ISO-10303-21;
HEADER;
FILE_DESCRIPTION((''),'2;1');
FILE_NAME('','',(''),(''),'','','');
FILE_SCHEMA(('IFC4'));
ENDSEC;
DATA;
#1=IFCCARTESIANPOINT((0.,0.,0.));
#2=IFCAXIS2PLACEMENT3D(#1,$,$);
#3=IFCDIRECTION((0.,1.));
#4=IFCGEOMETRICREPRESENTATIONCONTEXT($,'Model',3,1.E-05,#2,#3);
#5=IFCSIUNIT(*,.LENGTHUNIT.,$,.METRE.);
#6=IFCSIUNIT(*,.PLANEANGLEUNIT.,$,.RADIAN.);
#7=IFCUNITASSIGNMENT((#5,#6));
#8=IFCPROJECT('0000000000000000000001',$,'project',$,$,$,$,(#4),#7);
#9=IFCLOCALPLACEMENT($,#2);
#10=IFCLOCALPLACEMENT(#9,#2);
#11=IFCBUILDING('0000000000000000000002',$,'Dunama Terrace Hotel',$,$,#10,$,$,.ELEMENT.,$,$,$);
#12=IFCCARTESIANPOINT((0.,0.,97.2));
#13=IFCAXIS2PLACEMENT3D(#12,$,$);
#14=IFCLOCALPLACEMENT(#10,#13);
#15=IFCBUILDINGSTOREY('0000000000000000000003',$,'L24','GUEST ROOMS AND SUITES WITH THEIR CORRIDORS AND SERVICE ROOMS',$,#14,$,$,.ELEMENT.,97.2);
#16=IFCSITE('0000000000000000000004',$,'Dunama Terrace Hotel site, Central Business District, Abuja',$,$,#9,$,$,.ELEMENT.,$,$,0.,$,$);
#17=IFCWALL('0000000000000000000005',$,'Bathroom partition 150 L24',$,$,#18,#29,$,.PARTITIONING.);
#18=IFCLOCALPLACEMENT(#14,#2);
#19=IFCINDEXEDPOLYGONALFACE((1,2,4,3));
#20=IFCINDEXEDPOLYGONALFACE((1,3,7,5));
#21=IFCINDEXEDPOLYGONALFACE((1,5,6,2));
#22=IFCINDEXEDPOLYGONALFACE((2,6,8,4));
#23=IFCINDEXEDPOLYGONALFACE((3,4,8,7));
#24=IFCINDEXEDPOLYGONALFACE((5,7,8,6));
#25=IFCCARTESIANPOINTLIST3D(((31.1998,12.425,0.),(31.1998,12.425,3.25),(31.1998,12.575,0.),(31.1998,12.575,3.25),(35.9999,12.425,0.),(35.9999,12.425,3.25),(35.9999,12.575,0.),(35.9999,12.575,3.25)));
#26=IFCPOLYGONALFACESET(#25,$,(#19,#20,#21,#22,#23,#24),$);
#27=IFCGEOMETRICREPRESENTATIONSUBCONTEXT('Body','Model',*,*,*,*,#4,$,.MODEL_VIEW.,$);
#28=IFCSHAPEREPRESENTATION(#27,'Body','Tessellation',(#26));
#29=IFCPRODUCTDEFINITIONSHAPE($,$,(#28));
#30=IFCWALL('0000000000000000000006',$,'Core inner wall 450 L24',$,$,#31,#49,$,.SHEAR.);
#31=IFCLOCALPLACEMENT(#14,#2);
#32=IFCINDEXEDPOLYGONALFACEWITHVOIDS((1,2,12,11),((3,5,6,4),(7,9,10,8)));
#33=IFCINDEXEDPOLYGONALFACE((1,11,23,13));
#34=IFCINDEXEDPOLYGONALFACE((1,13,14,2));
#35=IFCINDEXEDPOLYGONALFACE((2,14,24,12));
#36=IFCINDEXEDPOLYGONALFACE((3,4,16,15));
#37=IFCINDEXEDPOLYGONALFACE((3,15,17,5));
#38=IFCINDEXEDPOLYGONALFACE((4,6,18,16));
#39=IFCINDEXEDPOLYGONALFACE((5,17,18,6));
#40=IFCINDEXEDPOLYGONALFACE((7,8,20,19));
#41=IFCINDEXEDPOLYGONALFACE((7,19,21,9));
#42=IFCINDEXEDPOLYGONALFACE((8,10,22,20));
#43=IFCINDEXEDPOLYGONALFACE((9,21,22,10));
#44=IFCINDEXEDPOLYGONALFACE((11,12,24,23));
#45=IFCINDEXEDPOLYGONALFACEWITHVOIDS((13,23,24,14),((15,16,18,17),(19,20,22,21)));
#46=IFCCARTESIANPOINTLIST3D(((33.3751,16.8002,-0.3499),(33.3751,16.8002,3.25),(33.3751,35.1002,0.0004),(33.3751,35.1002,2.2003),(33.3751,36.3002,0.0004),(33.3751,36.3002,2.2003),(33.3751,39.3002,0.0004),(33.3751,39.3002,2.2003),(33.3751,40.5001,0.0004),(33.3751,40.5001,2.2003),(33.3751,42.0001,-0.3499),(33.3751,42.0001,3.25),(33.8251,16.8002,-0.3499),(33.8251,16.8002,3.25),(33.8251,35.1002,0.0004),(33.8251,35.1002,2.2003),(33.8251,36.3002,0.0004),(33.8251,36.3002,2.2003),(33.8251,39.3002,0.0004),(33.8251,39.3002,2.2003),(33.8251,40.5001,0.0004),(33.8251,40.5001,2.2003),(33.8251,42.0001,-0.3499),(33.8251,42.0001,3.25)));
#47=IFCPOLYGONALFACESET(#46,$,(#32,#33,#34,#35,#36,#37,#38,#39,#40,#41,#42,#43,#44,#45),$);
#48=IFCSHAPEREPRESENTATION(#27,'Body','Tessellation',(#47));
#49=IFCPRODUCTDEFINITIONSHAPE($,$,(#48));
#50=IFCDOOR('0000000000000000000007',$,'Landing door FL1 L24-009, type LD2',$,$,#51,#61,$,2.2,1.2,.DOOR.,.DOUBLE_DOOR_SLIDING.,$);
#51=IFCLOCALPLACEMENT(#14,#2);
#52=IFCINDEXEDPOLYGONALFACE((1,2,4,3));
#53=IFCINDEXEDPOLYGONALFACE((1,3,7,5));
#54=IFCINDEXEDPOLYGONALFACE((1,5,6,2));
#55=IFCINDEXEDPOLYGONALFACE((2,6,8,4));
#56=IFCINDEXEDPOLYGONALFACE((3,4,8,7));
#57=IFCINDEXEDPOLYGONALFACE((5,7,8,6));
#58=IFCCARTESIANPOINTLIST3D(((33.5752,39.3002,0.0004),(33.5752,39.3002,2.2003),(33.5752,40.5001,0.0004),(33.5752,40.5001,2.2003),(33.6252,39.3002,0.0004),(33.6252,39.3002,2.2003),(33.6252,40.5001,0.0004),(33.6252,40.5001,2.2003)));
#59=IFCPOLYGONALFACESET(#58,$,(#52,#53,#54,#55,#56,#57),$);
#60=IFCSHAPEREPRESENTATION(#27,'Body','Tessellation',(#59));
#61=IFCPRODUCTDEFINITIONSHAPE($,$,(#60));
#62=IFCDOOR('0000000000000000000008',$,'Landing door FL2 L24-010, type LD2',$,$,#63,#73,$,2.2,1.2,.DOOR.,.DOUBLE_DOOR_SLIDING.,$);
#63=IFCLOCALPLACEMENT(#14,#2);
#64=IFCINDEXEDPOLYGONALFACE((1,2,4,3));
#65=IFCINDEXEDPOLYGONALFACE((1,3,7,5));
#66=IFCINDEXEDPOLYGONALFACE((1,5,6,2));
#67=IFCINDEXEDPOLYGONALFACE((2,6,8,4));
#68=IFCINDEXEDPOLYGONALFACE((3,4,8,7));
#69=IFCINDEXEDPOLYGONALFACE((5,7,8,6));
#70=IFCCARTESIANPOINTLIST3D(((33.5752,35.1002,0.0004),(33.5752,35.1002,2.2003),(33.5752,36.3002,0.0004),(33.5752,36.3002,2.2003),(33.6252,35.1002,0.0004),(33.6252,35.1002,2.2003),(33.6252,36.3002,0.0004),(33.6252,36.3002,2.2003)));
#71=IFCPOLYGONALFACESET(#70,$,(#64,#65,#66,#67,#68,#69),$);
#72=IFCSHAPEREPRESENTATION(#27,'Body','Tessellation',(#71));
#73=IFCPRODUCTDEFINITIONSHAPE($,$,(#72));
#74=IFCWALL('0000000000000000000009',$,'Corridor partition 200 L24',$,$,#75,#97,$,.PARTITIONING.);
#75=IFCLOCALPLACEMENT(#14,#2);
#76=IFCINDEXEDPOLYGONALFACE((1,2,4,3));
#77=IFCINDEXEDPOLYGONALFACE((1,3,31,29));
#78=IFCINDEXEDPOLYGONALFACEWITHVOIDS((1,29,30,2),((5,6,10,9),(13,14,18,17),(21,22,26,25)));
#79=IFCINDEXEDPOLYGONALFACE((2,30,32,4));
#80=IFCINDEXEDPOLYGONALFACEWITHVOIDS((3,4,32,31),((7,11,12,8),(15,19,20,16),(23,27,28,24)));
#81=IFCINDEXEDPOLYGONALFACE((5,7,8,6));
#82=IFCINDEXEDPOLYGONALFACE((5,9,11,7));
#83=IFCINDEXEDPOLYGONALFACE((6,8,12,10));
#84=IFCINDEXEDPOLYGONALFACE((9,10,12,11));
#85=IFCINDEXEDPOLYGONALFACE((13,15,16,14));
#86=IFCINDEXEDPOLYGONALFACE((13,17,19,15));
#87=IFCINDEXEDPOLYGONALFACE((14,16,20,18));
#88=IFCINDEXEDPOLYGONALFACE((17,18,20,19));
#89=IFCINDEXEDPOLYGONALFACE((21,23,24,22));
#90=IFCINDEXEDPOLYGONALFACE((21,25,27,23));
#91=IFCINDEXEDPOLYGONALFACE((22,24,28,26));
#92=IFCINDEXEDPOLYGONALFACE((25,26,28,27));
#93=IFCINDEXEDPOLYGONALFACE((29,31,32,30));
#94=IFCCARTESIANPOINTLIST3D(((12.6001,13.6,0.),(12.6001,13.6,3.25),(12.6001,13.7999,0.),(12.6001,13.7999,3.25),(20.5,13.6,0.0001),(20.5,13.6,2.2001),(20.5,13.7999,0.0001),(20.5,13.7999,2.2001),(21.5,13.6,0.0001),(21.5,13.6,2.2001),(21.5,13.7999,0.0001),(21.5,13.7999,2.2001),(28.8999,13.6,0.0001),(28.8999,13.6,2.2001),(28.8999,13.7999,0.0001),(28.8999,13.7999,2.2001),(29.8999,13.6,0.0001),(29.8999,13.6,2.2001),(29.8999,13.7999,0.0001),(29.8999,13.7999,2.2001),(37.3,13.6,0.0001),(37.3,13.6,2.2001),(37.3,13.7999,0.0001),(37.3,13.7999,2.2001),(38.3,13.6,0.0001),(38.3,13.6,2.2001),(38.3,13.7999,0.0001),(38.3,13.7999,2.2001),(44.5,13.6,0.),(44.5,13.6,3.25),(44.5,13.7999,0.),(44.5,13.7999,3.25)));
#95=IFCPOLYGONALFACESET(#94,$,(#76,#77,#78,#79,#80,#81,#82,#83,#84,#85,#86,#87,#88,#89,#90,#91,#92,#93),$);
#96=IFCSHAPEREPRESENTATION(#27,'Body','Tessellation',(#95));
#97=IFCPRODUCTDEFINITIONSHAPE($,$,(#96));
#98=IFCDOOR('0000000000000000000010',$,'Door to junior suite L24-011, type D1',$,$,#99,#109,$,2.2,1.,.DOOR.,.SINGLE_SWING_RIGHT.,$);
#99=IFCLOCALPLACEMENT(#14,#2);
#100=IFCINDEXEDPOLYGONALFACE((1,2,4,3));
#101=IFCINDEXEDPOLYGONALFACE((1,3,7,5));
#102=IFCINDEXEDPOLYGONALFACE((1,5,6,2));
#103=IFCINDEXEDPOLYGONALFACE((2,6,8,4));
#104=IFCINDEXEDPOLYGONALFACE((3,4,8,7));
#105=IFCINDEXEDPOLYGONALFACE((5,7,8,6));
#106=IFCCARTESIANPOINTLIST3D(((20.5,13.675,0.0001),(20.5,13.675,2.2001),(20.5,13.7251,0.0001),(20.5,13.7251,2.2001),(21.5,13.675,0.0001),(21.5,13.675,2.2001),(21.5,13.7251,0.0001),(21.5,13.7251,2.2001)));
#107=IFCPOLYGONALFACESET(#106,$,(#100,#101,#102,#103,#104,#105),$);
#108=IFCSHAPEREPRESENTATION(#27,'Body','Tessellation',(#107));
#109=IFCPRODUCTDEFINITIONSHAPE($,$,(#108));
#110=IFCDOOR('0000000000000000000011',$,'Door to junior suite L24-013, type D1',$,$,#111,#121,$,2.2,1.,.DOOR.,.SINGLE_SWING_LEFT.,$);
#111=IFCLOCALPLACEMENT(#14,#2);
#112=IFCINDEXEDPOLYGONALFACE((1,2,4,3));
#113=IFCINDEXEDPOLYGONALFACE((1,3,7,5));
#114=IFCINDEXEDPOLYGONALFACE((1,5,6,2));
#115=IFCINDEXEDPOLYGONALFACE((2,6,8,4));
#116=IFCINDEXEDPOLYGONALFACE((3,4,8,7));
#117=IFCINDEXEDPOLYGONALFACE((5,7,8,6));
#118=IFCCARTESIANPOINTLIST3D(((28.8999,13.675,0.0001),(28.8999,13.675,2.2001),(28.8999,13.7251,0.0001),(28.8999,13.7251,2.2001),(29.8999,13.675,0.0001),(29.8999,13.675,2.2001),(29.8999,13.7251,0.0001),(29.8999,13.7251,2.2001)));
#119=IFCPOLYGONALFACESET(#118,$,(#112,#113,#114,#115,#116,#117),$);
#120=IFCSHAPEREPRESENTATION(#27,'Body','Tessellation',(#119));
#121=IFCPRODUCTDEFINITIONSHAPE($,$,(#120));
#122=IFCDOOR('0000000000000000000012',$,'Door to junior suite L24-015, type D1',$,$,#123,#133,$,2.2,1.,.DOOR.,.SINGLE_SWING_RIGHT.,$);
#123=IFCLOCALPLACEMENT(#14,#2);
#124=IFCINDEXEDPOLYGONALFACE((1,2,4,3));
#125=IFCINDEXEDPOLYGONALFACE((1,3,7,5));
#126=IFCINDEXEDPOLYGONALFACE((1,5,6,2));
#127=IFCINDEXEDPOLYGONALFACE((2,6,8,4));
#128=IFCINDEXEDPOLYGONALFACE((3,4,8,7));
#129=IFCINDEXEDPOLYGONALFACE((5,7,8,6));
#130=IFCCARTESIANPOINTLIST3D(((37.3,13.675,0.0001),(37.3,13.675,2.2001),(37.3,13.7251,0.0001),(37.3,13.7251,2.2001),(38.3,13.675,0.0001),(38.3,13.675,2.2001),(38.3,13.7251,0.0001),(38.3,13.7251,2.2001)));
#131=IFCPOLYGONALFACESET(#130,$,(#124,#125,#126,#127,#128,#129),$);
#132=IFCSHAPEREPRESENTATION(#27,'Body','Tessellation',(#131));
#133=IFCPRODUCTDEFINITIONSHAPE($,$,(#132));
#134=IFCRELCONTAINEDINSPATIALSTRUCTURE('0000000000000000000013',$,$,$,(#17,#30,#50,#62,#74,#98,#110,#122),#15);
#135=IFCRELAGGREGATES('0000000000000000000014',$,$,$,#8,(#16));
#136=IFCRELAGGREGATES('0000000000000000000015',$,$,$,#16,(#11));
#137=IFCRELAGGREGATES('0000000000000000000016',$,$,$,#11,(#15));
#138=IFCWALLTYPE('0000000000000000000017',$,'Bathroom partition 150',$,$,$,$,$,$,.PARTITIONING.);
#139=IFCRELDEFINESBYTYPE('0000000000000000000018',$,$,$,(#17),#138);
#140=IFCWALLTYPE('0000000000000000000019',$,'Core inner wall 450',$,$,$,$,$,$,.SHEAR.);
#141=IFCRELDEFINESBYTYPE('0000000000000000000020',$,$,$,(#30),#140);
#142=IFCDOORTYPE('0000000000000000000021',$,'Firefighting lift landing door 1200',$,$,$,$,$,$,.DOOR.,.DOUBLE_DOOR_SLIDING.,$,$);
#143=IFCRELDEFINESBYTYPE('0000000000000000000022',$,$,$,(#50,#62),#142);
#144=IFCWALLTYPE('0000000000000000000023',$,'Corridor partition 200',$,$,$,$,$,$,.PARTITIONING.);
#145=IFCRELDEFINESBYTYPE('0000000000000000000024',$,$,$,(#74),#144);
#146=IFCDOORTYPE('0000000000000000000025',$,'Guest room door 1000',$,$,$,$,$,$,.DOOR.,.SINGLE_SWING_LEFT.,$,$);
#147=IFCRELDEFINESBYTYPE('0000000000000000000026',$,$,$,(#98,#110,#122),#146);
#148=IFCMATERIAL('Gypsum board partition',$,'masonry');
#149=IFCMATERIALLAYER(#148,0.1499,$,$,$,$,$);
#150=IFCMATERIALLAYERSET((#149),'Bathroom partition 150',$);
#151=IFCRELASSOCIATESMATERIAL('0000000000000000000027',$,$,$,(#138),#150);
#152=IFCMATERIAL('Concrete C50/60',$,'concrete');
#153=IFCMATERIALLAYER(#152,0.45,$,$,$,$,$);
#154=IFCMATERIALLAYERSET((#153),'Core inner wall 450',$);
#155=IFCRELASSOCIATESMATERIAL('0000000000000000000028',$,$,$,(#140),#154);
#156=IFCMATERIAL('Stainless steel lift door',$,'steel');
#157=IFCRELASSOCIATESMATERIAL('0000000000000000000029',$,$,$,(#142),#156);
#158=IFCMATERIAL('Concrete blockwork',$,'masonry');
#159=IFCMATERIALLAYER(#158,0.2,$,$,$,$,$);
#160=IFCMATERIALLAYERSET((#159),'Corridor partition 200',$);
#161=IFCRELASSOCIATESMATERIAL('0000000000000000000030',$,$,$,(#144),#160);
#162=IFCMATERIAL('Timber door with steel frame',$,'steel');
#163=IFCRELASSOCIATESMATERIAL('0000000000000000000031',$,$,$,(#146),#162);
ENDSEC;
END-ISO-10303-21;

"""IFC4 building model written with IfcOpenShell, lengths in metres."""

from ifc_helpers import new_model, si_unit, direction, frame, frame_2d, origin, place, context, subcontext, project, spatial, rectangle, extrude, material, layer, layer_set, type_object, element, fill, save


model = new_model("IFC4")

# Units and contexts
model_context = context("Model", 3, precision=1e-05, world=origin(), true_north=direction((0.0, 1.0)))
body_context = subcontext(model_context, "Body", "Model", "MODEL_VIEW")
ifc_project = project(units=[si_unit("LENGTHUNIT", "METRE"), si_unit("PLANEANGLEUNIT", "RADIAN")], contexts=[model_context])

# Site, building, storey
site_placement = place(None, origin())
site = spatial("IfcSite", under=ifc_project, at=site_placement, Name="Dunama Terrace Hotel site, Central Business District, Abuja", CompositionType="ELEMENT", RefElevation=0.0)
building_placement = place(site_placement, origin())
building = spatial("IfcBuilding", under=site, at=building_placement, Name="Dunama Terrace Hotel", CompositionType="ELEMENT")
storey_placement = place(building_placement, frame((0.0, 0.0, 97.2)))
storey = spatial("IfcBuildingStorey", under=building, at=storey_placement, Name="L24", Description="GUEST ROOMS AND SUITES WITH THEIR CORRIDORS AND SERVICE ROOMS", CompositionType="ELEMENT", Elevation=97.2)

# Shared definitions
ifc_material_1 = material(Name="Gypsum board partition", Category="masonry")
ifc_layer_1 = layer(ifc_material_1, 0.1499)
ifc_layer_set_1 = layer_set([ifc_layer_1], Name="Bathroom partition 150")
wall_type_1 = type_object("IfcWallType", Name="Bathroom partition 150", PredefinedType="PARTITIONING", material=ifc_layer_set_1)

# Wall
wall_1_placement = place(storey_placement, frame((31.2, 12.5, 0.0), z_axis=(0.0, 0.0, 1.0), x_axis=(1.0, 0.0, 0.0)))
element("IfcWall", 1, at=wall_1_placement, inside=storey, type_object=wall_type_1, Name="Bathroom partition 150 L24", PredefinedType="PARTITIONING", context=body_context, shape_type="SweptSolid", body=[
    extrude(rectangle(XDim=4.8, YDim=0.1499, at=frame_2d((2.3999, 0.0))), origin(), (0.0, 0.0, 1.0), 3.25),
])

# Walls, openings, doors
ifc_material_2 = material(Name="Concrete C50/60", Category="concrete")
ifc_layer_2 = layer(ifc_material_2, 0.45)
ifc_layer_set_2 = layer_set([ifc_layer_2], Name="Core inner wall 450")
wall_type_2 = type_object("IfcWallType", Name="Core inner wall 450", PredefinedType="SHEAR", material=ifc_layer_set_2)
wall_2_placement = place(storey_placement, frame((33.6001, 16.8, -0.3499), z_axis=(0.0, 0.0, 1.0), x_axis=(0.0, 1.0, 0.0)))
wall_2 = element("IfcWall", 2, at=wall_2_placement, inside=storey, type_object=wall_type_2, Name="Core inner wall 450 L24", PredefinedType="SHEAR", context=body_context, shape_type="SweptSolid", body=[
    extrude(rectangle(XDim=25.2, YDim=0.45, at=frame_2d((12.6001, 0.0))), origin(), (0.0, 0.0, 1.0), 3.5999),
])
opening_1_placement = place(wall_2_placement, frame((22.5, 0.0, 0.3501)))
opening_1 = element("IfcOpeningElement", 3, at=opening_1_placement, cuts=wall_2, PredefinedType="OPENING", context=body_context, shape_type="SweptSolid", body=[
    extrude(rectangle(XDim=1.2, YDim=2.2, at=frame_2d((0.6001, 1.1001))), frame((0.0, 0.2349, 0.0), z_axis=(0.0, -1.0, 0.0), x_axis=(1.0, 0.0, 0.0)), (0.0, 0.0, 1.0), 0.47),
])
opening_2_placement = place(wall_2_placement, frame((18.3, 0.0, 0.3501)))
opening_2 = element("IfcOpeningElement", 4, at=opening_2_placement, cuts=wall_2, PredefinedType="OPENING", context=body_context, shape_type="SweptSolid", body=[
    extrude(rectangle(XDim=1.2, YDim=2.2, at=frame_2d((0.6001, 1.1001))), frame((0.0, 0.2349, 0.0), z_axis=(0.0, -1.0, 0.0), x_axis=(1.0, 0.0, 0.0)), (0.0, 0.0, 1.0), 0.47),
])
ifc_material_3 = material(Name="Stainless steel lift door", Category="steel")
door_type_1 = type_object("IfcDoorType", Name="Firefighting lift landing door 1200", OperationType="DOUBLE_DOOR_SLIDING", PredefinedType="DOOR", material=ifc_material_3)
door_1_placement = place(opening_1_placement, origin())
door_1 = element("IfcDoor", 5, at=door_1_placement, inside=storey, type_object=door_type_1, Name="Landing door FL1 L24-009, type LD2", OperationType="DOUBLE_DOOR_SLIDING", OverallHeight=2.2, OverallWidth=1.2, PredefinedType="DOOR", context=body_context, shape_type="SweptSolid", body=[
    extrude(rectangle(XDim=1.2, YDim=2.2, at=frame_2d((0.6001, 1.1001))), frame((0.0, 0.0249, 0.0), z_axis=(0.0, -1.0, 0.0), x_axis=(1.0, 0.0, 0.0)), (0.0, 0.0, 1.0), 0.05),
])
fill(opening_1, door_1)
door_2_placement = place(opening_2_placement, origin())
door_2 = element("IfcDoor", 6, at=door_2_placement, inside=storey, type_object=door_type_1, Name="Landing door FL2 L24-010, type LD2", OperationType="DOUBLE_DOOR_SLIDING", OverallHeight=2.2, OverallWidth=1.2, PredefinedType="DOOR", context=body_context, shape_type="SweptSolid", body=[
    extrude(rectangle(XDim=1.2, YDim=2.2, at=frame_2d((0.6001, 1.1001))), frame((0.0, 0.0249, 0.0), z_axis=(0.0, -1.0, 0.0), x_axis=(1.0, 0.0, 0.0)), (0.0, 0.0, 1.0), 0.05),
])
fill(opening_2, door_2)
ifc_material_4 = material(Name="Concrete blockwork", Category="masonry")
ifc_layer_3 = layer(ifc_material_4, 0.2)
ifc_layer_set_3 = layer_set([ifc_layer_3], Name="Corridor partition 200")
wall_type_3 = type_object("IfcWallType", Name="Corridor partition 200", PredefinedType="PARTITIONING", material=ifc_layer_set_3)
wall_3_placement = place(storey_placement, frame((44.5, 13.7, 0.0), z_axis=(0.0, 0.0, 1.0), x_axis=(-1.0, 0.0, 0.0)))
wall_3 = element("IfcWall", 7, at=wall_3_placement, inside=storey, type_object=wall_type_3, Name="Corridor partition 200 L24", PredefinedType="PARTITIONING", context=body_context, shape_type="SweptSolid", body=[
    extrude(rectangle(XDim=31.8999, YDim=0.2, at=frame_2d((15.95, 0.0))), origin(), (0.0, 0.0, 1.0), 3.25),
])
opening_3_placement = place(wall_3_placement, frame((23.0, 0.0, 0.0)))
opening_3 = element("IfcOpeningElement", 8, at=opening_3_placement, cuts=wall_3, PredefinedType="OPENING", context=body_context, shape_type="SweptSolid", body=[
    extrude(rectangle(XDim=1.0, YDim=2.2, at=frame_2d((0.5, 1.1001))), frame((0.0, 0.1099, 0.0), z_axis=(0.0, -1.0, 0.0), x_axis=(1.0, 0.0, 0.0)), (0.0, 0.0, 1.0), 0.22),
])
opening_4_placement = place(wall_3_placement, frame((14.6001, 0.0, 0.0)))
opening_4 = element("IfcOpeningElement", 9, at=opening_4_placement, cuts=wall_3, PredefinedType="OPENING", context=body_context, shape_type="SweptSolid", body=[
    extrude(rectangle(XDim=1.0, YDim=2.2, at=frame_2d((0.5, 1.1001))), frame((0.0, 0.1099, 0.0), z_axis=(0.0, -1.0, 0.0), x_axis=(1.0, 0.0, 0.0)), (0.0, 0.0, 1.0), 0.22),
])
opening_5_placement = place(wall_3_placement, frame((6.2, 0.0, 0.0)))
opening_5 = element("IfcOpeningElement", 10, at=opening_5_placement, cuts=wall_3, PredefinedType="OPENING", context=body_context, shape_type="SweptSolid", body=[
    extrude(rectangle(XDim=1.0, YDim=2.2, at=frame_2d((0.5, 1.1001))), frame((0.0, 0.1099, 0.0), z_axis=(0.0, -1.0, 0.0), x_axis=(1.0, 0.0, 0.0)), (0.0, 0.0, 1.0), 0.22),
])
ifc_material_5 = material(Name="Timber door with steel frame", Category="steel")
door_type_2 = type_object("IfcDoorType", Name="Guest room door 1000", OperationType="SINGLE_SWING_LEFT", PredefinedType="DOOR", material=ifc_material_5)
door_3_placement = place(opening_3_placement, origin())
door_3 = element("IfcDoor", 11, at=door_3_placement, inside=storey, type_object=door_type_2, Name="Door to junior suite L24-011, type D1", OperationType="SINGLE_SWING_RIGHT", OverallHeight=2.2, OverallWidth=1.0, PredefinedType="DOOR", context=body_context, shape_type="SweptSolid", body=[
    extrude(rectangle(XDim=1.0, YDim=2.2, at=frame_2d((0.5, 1.1001))), frame((0.0, 0.0249, 0.0), z_axis=(0.0, -1.0, 0.0), x_axis=(1.0, 0.0, 0.0)), (0.0, 0.0, 1.0), 0.05),
])
fill(opening_3, door_3)
door_4_placement = place(opening_4_placement, origin())
door_4 = element("IfcDoor", 12, at=door_4_placement, inside=storey, type_object=door_type_2, Name="Door to junior suite L24-013, type D1", OperationType="SINGLE_SWING_LEFT", OverallHeight=2.2, OverallWidth=1.0, PredefinedType="DOOR", context=body_context, shape_type="SweptSolid", body=[
    extrude(rectangle(XDim=1.0, YDim=2.2, at=frame_2d((0.5, 1.1001))), frame((0.0, 0.0249, 0.0), z_axis=(0.0, -1.0, 0.0), x_axis=(1.0, 0.0, 0.0)), (0.0, 0.0, 1.0), 0.05),
])
fill(opening_4, door_4)
door_5_placement = place(opening_5_placement, origin())
door_5 = element("IfcDoor", 13, at=door_5_placement, inside=storey, type_object=door_type_2, Name="Door to junior suite L24-015, type D1", OperationType="SINGLE_SWING_RIGHT", OverallHeight=2.2, OverallWidth=1.0, PredefinedType="DOOR", context=body_context, shape_type="SweptSolid", body=[
    extrude(rectangle(XDim=1.0, YDim=2.2, at=frame_2d((0.5, 1.1001))), frame((0.0, 0.0249, 0.0), z_axis=(0.0, -1.0, 0.0), x_axis=(1.0, 0.0, 0.0)), (0.0, 0.0, 1.0), 0.05),
])
fill(opening_5, door_5)

save(model, "model.ifc")
